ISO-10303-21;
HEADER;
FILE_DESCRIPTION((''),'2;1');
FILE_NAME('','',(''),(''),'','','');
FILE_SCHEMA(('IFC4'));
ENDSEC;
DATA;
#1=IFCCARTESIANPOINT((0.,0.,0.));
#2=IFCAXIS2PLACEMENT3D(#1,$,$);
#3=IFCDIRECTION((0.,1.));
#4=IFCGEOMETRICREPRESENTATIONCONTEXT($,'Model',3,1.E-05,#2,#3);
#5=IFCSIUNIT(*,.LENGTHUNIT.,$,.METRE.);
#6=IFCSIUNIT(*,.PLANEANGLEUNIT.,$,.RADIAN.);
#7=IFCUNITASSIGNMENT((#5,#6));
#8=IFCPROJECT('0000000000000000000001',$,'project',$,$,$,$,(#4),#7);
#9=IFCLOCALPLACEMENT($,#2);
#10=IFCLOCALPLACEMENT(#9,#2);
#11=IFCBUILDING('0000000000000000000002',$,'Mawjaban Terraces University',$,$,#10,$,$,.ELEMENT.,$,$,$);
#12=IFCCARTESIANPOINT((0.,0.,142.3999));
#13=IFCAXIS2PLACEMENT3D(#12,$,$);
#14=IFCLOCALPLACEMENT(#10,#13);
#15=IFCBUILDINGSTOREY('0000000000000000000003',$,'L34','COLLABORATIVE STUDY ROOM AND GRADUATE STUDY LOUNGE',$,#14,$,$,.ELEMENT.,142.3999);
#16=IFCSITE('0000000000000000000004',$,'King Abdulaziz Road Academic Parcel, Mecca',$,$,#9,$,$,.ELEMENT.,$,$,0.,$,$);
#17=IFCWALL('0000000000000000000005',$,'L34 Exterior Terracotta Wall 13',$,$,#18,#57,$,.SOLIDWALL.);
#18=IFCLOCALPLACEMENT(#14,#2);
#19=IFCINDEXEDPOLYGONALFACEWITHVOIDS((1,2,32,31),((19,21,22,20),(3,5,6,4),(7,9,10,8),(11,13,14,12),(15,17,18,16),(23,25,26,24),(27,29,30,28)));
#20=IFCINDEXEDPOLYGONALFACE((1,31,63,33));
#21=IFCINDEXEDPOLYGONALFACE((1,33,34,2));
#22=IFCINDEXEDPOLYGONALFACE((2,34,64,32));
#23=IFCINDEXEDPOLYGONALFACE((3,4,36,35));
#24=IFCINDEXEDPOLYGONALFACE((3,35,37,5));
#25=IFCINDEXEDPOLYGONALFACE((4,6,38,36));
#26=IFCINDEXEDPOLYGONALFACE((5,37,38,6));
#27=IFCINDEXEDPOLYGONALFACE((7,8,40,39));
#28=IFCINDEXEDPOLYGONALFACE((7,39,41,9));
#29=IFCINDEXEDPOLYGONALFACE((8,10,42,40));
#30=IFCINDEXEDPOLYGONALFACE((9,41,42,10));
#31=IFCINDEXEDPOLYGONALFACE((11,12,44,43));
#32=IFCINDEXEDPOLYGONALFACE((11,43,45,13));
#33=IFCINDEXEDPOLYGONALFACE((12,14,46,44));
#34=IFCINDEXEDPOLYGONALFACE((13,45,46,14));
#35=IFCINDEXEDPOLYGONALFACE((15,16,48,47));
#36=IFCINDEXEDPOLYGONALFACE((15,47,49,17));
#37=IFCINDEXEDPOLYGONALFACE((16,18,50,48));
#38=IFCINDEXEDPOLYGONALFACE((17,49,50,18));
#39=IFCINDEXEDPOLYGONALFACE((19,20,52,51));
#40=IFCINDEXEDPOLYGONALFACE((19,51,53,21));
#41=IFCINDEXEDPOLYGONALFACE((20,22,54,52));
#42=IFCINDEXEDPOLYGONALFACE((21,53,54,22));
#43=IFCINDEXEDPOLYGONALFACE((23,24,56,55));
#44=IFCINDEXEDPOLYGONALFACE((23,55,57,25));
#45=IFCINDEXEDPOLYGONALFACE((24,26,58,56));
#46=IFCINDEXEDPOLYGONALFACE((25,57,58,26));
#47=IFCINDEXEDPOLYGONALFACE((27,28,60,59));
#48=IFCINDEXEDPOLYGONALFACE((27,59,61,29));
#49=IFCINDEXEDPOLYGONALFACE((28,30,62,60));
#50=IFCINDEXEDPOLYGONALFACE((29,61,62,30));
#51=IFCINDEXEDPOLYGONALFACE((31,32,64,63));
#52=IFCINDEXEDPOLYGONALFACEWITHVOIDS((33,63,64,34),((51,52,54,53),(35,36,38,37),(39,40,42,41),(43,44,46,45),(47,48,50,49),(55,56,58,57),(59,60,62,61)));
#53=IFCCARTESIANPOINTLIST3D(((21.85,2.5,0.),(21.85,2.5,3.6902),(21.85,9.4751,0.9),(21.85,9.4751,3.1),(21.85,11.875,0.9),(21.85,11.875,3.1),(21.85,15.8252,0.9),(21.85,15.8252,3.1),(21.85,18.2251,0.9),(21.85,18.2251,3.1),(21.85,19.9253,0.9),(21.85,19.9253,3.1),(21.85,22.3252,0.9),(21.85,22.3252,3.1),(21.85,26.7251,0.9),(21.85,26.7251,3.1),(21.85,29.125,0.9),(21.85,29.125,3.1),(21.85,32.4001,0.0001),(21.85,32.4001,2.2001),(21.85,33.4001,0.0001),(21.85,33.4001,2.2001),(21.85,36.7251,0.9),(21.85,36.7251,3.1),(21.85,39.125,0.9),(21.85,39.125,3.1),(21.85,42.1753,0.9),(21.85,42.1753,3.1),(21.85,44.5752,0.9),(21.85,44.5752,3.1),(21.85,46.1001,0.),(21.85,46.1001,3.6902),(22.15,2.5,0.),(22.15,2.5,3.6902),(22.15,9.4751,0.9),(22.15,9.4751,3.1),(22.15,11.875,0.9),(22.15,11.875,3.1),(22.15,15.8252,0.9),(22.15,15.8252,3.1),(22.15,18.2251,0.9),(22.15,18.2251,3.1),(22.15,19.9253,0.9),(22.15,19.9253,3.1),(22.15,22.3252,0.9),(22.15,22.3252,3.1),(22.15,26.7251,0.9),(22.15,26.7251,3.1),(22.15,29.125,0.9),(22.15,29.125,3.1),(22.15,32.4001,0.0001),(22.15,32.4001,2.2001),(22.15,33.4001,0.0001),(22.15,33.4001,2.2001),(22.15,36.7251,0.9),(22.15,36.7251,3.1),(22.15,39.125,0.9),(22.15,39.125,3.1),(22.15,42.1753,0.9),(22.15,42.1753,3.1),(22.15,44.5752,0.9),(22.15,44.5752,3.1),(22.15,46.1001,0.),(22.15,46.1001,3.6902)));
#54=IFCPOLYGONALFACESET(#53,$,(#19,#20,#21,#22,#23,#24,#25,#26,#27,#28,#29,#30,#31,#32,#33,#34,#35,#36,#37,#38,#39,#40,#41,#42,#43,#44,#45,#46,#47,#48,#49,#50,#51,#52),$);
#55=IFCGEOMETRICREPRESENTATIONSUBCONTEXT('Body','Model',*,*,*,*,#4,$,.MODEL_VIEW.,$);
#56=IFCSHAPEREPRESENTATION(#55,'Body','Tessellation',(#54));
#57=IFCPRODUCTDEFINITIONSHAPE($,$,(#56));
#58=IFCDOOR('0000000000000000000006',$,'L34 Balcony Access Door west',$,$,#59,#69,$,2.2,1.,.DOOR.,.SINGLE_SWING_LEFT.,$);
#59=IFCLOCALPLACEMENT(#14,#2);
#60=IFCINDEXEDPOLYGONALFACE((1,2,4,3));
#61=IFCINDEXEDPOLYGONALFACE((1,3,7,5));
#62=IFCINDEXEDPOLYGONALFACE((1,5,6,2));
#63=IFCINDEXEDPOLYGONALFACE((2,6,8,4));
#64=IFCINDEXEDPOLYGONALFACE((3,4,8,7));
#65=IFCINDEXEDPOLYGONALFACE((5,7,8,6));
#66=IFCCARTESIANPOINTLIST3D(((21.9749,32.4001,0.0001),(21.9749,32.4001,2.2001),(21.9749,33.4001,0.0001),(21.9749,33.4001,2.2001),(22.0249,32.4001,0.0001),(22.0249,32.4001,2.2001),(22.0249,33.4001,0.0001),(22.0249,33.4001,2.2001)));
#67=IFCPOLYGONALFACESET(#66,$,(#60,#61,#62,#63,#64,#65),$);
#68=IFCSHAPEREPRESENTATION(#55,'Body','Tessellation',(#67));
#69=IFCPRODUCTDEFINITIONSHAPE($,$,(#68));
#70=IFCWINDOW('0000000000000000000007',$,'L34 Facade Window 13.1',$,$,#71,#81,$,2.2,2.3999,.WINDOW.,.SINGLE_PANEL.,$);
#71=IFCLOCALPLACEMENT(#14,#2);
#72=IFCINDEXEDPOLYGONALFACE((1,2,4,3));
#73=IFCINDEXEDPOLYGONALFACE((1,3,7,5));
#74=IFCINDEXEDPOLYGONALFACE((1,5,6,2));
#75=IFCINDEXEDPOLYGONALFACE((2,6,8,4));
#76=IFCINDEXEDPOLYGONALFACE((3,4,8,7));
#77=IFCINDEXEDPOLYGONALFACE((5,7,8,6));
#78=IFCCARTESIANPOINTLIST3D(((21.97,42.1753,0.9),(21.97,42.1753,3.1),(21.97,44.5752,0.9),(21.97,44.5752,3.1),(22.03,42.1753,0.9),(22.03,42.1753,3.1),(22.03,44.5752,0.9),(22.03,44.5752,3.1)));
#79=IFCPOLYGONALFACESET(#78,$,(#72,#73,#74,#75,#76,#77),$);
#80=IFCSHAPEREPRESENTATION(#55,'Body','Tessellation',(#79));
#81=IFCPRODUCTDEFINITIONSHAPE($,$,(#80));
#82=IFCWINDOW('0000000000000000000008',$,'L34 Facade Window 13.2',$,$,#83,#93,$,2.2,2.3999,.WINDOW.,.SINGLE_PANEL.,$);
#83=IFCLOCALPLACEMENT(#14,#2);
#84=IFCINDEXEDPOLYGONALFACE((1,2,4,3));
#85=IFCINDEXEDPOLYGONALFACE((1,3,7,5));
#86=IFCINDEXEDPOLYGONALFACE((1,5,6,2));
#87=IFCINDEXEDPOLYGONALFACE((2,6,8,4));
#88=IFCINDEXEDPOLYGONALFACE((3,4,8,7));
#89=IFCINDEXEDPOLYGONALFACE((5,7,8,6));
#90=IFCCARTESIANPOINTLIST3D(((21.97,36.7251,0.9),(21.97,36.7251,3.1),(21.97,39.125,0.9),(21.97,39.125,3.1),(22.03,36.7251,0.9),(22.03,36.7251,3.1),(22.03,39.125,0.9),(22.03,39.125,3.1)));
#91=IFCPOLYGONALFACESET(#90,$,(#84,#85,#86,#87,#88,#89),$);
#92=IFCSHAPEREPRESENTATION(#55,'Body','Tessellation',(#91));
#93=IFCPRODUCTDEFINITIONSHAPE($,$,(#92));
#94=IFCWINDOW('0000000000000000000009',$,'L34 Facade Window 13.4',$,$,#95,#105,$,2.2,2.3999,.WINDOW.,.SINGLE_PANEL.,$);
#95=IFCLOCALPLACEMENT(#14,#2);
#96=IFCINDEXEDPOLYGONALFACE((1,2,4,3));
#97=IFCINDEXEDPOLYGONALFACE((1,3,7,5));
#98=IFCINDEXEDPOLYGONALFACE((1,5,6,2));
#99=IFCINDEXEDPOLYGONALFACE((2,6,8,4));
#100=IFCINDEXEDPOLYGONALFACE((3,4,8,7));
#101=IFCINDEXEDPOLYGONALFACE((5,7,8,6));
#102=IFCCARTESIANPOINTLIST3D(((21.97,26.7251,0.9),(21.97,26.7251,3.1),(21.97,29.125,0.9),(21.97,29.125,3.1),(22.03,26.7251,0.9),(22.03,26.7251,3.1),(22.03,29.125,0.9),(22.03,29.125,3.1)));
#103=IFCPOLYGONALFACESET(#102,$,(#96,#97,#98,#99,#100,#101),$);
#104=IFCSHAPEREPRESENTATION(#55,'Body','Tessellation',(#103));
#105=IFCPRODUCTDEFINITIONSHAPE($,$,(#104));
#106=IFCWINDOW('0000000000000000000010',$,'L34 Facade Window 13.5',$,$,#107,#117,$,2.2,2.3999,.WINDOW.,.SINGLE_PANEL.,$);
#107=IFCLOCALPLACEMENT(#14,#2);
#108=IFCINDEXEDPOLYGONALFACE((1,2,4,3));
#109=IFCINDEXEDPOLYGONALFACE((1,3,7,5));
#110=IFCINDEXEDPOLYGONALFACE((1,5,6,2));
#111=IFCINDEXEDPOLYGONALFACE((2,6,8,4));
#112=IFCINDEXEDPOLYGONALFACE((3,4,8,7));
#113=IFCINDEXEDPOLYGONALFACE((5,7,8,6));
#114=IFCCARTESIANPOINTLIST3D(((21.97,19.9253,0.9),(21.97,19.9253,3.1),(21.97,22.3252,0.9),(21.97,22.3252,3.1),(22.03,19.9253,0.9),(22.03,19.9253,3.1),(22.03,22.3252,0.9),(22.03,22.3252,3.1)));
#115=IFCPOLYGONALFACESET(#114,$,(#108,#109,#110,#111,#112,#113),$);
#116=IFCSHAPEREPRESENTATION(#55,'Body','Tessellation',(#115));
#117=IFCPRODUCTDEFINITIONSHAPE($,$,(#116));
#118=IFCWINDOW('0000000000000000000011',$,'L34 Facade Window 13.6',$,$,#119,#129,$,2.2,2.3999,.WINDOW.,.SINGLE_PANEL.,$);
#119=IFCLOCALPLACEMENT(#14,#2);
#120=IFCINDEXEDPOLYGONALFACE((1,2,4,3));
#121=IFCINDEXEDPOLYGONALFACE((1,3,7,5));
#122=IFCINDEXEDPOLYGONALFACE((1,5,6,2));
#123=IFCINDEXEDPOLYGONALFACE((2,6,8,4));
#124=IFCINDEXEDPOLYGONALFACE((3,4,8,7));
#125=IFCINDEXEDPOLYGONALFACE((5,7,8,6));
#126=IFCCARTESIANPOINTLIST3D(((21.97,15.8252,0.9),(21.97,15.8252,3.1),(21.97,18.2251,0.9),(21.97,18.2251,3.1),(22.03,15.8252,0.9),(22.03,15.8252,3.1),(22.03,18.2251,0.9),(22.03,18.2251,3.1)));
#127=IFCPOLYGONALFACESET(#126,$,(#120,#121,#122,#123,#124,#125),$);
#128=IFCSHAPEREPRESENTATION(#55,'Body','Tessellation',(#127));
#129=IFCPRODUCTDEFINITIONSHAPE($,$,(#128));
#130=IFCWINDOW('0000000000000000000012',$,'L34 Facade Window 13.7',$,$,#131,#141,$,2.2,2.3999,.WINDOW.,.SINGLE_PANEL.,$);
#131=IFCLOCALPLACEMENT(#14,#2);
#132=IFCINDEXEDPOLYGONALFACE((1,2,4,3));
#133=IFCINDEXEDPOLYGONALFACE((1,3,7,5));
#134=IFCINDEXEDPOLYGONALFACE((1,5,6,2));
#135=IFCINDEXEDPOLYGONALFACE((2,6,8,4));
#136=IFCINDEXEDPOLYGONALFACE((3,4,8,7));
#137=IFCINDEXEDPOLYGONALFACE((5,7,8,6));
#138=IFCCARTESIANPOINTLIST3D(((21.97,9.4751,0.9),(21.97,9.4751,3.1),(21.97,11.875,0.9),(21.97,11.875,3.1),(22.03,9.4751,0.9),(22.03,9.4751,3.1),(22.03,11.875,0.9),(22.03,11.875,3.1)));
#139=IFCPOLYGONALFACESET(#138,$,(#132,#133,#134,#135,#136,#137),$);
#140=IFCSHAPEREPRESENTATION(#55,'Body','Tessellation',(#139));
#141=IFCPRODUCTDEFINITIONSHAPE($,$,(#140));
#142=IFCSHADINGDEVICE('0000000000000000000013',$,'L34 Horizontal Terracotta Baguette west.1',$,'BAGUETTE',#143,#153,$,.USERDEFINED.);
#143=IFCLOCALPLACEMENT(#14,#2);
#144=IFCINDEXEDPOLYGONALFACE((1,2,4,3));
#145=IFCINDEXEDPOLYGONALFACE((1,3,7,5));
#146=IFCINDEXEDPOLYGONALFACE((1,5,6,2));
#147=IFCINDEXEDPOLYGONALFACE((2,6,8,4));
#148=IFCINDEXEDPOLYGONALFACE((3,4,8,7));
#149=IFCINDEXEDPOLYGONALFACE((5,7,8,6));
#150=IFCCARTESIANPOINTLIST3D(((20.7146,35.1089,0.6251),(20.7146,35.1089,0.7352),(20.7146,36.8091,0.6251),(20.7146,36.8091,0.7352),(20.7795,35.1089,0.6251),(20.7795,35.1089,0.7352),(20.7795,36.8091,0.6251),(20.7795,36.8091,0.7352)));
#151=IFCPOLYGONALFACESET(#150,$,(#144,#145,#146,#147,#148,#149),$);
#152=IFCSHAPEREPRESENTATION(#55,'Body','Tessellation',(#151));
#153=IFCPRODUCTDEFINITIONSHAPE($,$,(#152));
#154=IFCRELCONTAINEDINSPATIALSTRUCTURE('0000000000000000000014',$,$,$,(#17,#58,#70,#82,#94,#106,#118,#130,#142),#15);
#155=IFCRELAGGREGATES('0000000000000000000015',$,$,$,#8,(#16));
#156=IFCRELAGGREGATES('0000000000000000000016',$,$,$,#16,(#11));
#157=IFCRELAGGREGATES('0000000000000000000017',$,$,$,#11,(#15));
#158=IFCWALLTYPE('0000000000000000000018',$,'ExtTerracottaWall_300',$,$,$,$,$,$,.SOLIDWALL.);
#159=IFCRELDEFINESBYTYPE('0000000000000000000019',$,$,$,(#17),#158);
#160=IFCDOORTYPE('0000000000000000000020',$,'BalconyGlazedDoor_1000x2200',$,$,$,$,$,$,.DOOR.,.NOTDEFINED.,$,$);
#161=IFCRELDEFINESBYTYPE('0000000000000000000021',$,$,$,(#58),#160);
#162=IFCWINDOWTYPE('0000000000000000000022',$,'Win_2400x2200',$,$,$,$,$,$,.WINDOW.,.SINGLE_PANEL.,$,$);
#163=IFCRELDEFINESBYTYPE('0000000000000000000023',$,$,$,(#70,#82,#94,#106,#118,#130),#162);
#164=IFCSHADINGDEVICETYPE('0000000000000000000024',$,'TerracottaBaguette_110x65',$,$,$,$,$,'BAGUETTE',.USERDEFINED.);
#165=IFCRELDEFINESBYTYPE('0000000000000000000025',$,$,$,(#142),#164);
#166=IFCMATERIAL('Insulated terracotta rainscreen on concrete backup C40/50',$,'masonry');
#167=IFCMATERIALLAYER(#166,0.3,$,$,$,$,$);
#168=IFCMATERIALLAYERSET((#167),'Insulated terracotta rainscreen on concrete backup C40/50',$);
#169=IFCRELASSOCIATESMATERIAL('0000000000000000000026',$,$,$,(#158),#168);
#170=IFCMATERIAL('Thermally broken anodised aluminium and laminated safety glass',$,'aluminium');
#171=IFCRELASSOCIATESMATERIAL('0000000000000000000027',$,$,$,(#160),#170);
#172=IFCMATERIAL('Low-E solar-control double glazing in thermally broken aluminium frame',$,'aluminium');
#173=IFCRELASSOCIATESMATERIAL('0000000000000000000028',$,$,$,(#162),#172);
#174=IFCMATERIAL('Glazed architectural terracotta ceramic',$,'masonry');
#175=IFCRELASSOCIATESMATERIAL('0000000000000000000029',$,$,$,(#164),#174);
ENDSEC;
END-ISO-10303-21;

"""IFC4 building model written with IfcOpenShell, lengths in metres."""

from ifc_helpers import new_model, si_unit, direction, frame, frame_2d, origin, origin_2d, place, context, subcontext, project, spatial, rectangle, extrude, material, layer, layer_set, material_profile, profile_set, type_object, element, fill, save


model = new_model("IFC4")

# Units and contexts
model_context = context("Model", 3, precision=1e-05, world=origin(), true_north=direction((0.0, 1.0)))
body_context = subcontext(model_context, "Body", "Model", "MODEL_VIEW")
ifc_project = project(units=[si_unit("LENGTHUNIT", "METRE"), si_unit("PLANEANGLEUNIT", "RADIAN")], contexts=[model_context])

# Site, building, storey
site_placement = place(None, origin())
site = spatial("IfcSite", under=ifc_project, at=site_placement, Name="King Abdulaziz Road Academic Parcel, Mecca", CompositionType="ELEMENT", RefElevation=0.0)
building_placement = place(site_placement, origin())
building = spatial("IfcBuilding", under=site, at=building_placement, Name="Mawjaban Terraces University", CompositionType="ELEMENT")
storey_placement = place(building_placement, frame((0.0, 0.0, 142.3999)))
storey = spatial("IfcBuildingStorey", under=building, at=storey_placement, Name="L34", Description="COLLABORATIVE STUDY ROOM AND GRADUATE STUDY LOUNGE", CompositionType="ELEMENT", Elevation=142.3999)

# Shared definitions
ifc_material_1 = material(Name="Insulated terracotta rainscreen on concrete backup C40/50", Category="masonry")
ifc_layer_1 = layer(ifc_material_1, 0.3)
ifc_layer_set_1 = layer_set([ifc_layer_1], Name="Insulated terracotta rainscreen on concrete backup C40/50")
wall_type_1 = type_object("IfcWallType", Name="ExtTerracottaWall_300", PredefinedType="SOLIDWALL", material=ifc_layer_set_1)
ifc_material_2 = material(Name="Low-E solar-control double glazing in thermally broken aluminium frame", Category="aluminium")

# Wall, openings, door, windows
wall_1_placement = place(storey_placement, frame((22.0, 46.1001, 0.0), z_axis=(0.0, 0.0, 1.0), x_axis=(0.0, -1.0, 0.0)))
wall_1 = element("IfcWall", 1, at=wall_1_placement, inside=storey, type_object=wall_type_1, Name="L34 Exterior Terracotta Wall 13", PredefinedType="SOLIDWALL", context=body_context, shape_type="SweptSolid", body=[
    extrude(rectangle(XDim=43.6001, YDim=0.3, at=frame_2d((21.8, 0.0))), origin(), (0.0, 0.0, 1.0), 3.6902),
])
opening_1_placement = place(wall_1_placement, frame((12.7, 0.0, 0.0)))
opening_1 = element("IfcOpeningElement", 2, at=opening_1_placement, cuts=wall_1, PredefinedType="OPENING", context=body_context, shape_type="SweptSolid", body=[
    extrude(rectangle(XDim=1.0, YDim=2.2, at=frame_2d((0.5, 1.1001))), frame((0.0, 0.1599, 0.0), z_axis=(0.0, -1.0, 0.0), x_axis=(1.0, 0.0, 0.0)), (0.0, 0.0, 1.0), 0.3201),
])
opening_2_placement = place(wall_1_placement, frame((1.5249, 0.0, 0.8999)))
opening_2 = element("IfcOpeningElement", 3, at=opening_2_placement, cuts=wall_1, PredefinedType="OPENING", context=body_context, shape_type="SweptSolid", body=[
    extrude(rectangle(XDim=2.3999, YDim=2.2, at=frame_2d((1.2, 1.1001))), frame((0.0, 0.1599, 0.0), z_axis=(0.0, -1.0, 0.0), x_axis=(1.0, 0.0, 0.0)), (0.0, 0.0, 1.0), 0.3201),
])
opening_3_placement = place(wall_1_placement, frame((6.9751, 0.0, 0.8999)))
opening_3 = element("IfcOpeningElement", 4, at=opening_3_placement, cuts=wall_1, PredefinedType="OPENING", context=body_context, shape_type="SweptSolid", body=[
    extrude(rectangle(XDim=2.3999, YDim=2.2, at=frame_2d((1.2, 1.1001))), frame((0.0, 0.1599, 0.0), z_axis=(0.0, -1.0, 0.0), x_axis=(1.0, 0.0, 0.0)), (0.0, 0.0, 1.0), 0.3201),
])
opening_4_placement = place(wall_1_placement, frame((16.9751, 0.0, 0.8999)))
opening_4 = element("IfcOpeningElement", 5, at=opening_4_placement, cuts=wall_1, PredefinedType="OPENING", context=body_context, shape_type="SweptSolid", body=[
    extrude(rectangle(XDim=2.3999, YDim=2.2, at=frame_2d((1.2, 1.1001))), frame((0.0, 0.1599, 0.0), z_axis=(0.0, -1.0, 0.0), x_axis=(1.0, 0.0, 0.0)), (0.0, 0.0, 1.0), 0.3201),
])
opening_5_placement = place(wall_1_placement, frame((23.7749, 0.0, 0.8999)))
opening_5 = element("IfcOpeningElement", 6, at=opening_5_placement, cuts=wall_1, PredefinedType="OPENING", context=body_context, shape_type="SweptSolid", body=[
    extrude(rectangle(XDim=2.3999, YDim=2.2, at=frame_2d((1.2, 1.1001))), frame((0.0, 0.1599, 0.0), z_axis=(0.0, -1.0, 0.0), x_axis=(1.0, 0.0, 0.0)), (0.0, 0.0, 1.0), 0.3201),
])
opening_6_placement = place(wall_1_placement, frame((27.875, 0.0, 0.8999)))
opening_6 = element("IfcOpeningElement", 7, at=opening_6_placement, cuts=wall_1, PredefinedType="OPENING", context=body_context, shape_type="SweptSolid", body=[
    extrude(rectangle(XDim=2.3999, YDim=2.2, at=frame_2d((1.2, 1.1001))), frame((0.0, 0.1599, 0.0), z_axis=(0.0, -1.0, 0.0), x_axis=(1.0, 0.0, 0.0)), (0.0, 0.0, 1.0), 0.3201),
])
opening_7_placement = place(wall_1_placement, frame((34.2251, 0.0, 0.8999)))
opening_7 = element("IfcOpeningElement", 8, at=opening_7_placement, cuts=wall_1, PredefinedType="OPENING", context=body_context, shape_type="SweptSolid", body=[
    extrude(rectangle(XDim=2.3999, YDim=2.2, at=frame_2d((1.2, 1.1001))), frame((0.0, 0.1599, 0.0), z_axis=(0.0, -1.0, 0.0), x_axis=(1.0, 0.0, 0.0)), (0.0, 0.0, 1.0), 0.3201),
])
ifc_material_3 = material(Name="Thermally broken anodised aluminium and laminated safety glass", Category="aluminium")
door_type_1 = type_object("IfcDoorType", Name="BalconyGlazedDoor_1000x2200", OperationType="NOTDEFINED", PredefinedType="DOOR", material=ifc_material_3)
door_1_placement = place(opening_1_placement, origin())
door_1 = element("IfcDoor", 9, at=door_1_placement, inside=storey, type_object=door_type_1, Name="L34 Balcony Access Door west", OperationType="SINGLE_SWING_LEFT", OverallHeight=2.2, OverallWidth=1.0, PredefinedType="DOOR", context=body_context, shape_type="SweptSolid", body=[
    extrude(rectangle(XDim=1.0, YDim=2.2, at=frame_2d((0.5, 1.1001))), frame((0.0, 0.0249, 0.0), z_axis=(0.0, -1.0, 0.0), x_axis=(1.0, 0.0, 0.0)), (0.0, 0.0, 1.0), 0.05),
])
fill(opening_1, door_1)
window_type_1 = type_object("IfcWindowType", Name="Win_2400x2200", PartitioningType="SINGLE_PANEL", PredefinedType="WINDOW", material=ifc_material_2)
window_1_placement = place(opening_2_placement, origin())
window_1 = element("IfcWindow", 10, at=window_1_placement, inside=storey, type_object=window_type_1, Name="L34 Facade Window 13.1", OverallHeight=2.2, OverallWidth=2.3999, PartitioningType="SINGLE_PANEL", PredefinedType="WINDOW", context=body_context, shape_type="SweptSolid", body=[
    extrude(rectangle(XDim=2.3999, YDim=2.2, at=frame_2d((1.2, 1.1001))), frame((0.0, 0.03, 0.0), z_axis=(0.0, -1.0, 0.0), x_axis=(1.0, 0.0, 0.0)), (0.0, 0.0, 1.0), 0.0601),
])
fill(opening_2, window_1)
window_2_placement = place(opening_3_placement, origin())
window_2 = element("IfcWindow", 11, at=window_2_placement, inside=storey, type_object=window_type_1, Name="L34 Facade Window 13.2", OverallHeight=2.2, OverallWidth=2.3999, PartitioningType="SINGLE_PANEL", PredefinedType="WINDOW", context=body_context, shape_type="SweptSolid", body=[
    extrude(rectangle(XDim=2.3999, YDim=2.2, at=frame_2d((1.2, 1.1001))), frame((0.0, 0.03, 0.0), z_axis=(0.0, -1.0, 0.0), x_axis=(1.0, 0.0, 0.0)), (0.0, 0.0, 1.0), 0.0601),
])
fill(opening_3, window_2)
window_3_placement = place(opening_4_placement, origin())
window_3 = element("IfcWindow", 12, at=window_3_placement, inside=storey, type_object=window_type_1, Name="L34 Facade Window 13.4", OverallHeight=2.2, OverallWidth=2.3999, PartitioningType="SINGLE_PANEL", PredefinedType="WINDOW", context=body_context, shape_type="SweptSolid", body=[
    extrude(rectangle(XDim=2.3999, YDim=2.2, at=frame_2d((1.2, 1.1001))), frame((0.0, 0.03, 0.0), z_axis=(0.0, -1.0, 0.0), x_axis=(1.0, 0.0, 0.0)), (0.0, 0.0, 1.0), 0.0601),
])
fill(opening_4, window_3)
window_4_placement = place(opening_5_placement, origin())
window_4 = element("IfcWindow", 13, at=window_4_placement, inside=storey, type_object=window_type_1, Name="L34 Facade Window 13.5", OverallHeight=2.2, OverallWidth=2.3999, PartitioningType="SINGLE_PANEL", PredefinedType="WINDOW", context=body_context, shape_type="SweptSolid", body=[
    extrude(rectangle(XDim=2.3999, YDim=2.2, at=frame_2d((1.2, 1.1001))), frame((0.0, 0.03, 0.0), z_axis=(0.0, -1.0, 0.0), x_axis=(1.0, 0.0, 0.0)), (0.0, 0.0, 1.0), 0.0601),
])
fill(opening_5, window_4)
window_5_placement = place(opening_6_placement, origin())
window_5 = element("IfcWindow", 14, at=window_5_placement, inside=storey, type_object=window_type_1, Name="L34 Facade Window 13.6", OverallHeight=2.2, OverallWidth=2.3999, PartitioningType="SINGLE_PANEL", PredefinedType="WINDOW", context=body_context, shape_type="SweptSolid", body=[
    extrude(rectangle(XDim=2.3999, YDim=2.2, at=frame_2d((1.2, 1.1001))), frame((0.0, 0.03, 0.0), z_axis=(0.0, -1.0, 0.0), x_axis=(1.0, 0.0, 0.0)), (0.0, 0.0, 1.0), 0.0601),
])
fill(opening_6, window_5)
window_6_placement = place(opening_7_placement, origin())
window_6 = element("IfcWindow", 15, at=window_6_placement, inside=storey, type_object=window_type_1, Name="L34 Facade Window 13.7", OverallHeight=2.2, OverallWidth=2.3999, PartitioningType="SINGLE_PANEL", PredefinedType="WINDOW", context=body_context, shape_type="SweptSolid", body=[
    extrude(rectangle(XDim=2.3999, YDim=2.2, at=frame_2d((1.2, 1.1001))), frame((0.0, 0.03, 0.0), z_axis=(0.0, -1.0, 0.0), x_axis=(1.0, 0.0, 0.0)), (0.0, 0.0, 1.0), 0.0601),
])
fill(opening_7, window_6)

# Shading device
ifc_material_4 = material(Name="Glazed architectural terracotta ceramic", Category="masonry")
ifc_material_profile_1 = material_profile(ifc_material_4, rectangle(XDim=0.0649, YDim=0.1101, at=origin_2d()), Name="TBAG110X65")
ifc_profile_set_1 = profile_set([ifc_material_profile_1], Name="Glazed architectural terracotta ceramic")
shading_device_type_1 = type_object("IfcShadingDeviceType", Name="TerracottaBaguette_110x65", ElementType="BAGUETTE", PredefinedType="USERDEFINED", material=ifc_profile_set_1)
for number, where, z_axis, x_axis, name in (
    (16, (20.7471, 35.1089, 0.6802), (0.0, 1.0, 0.0), (-1.0, 0.0, 0.0), "L34 Horizontal Terracotta Baguette west.1"),
):
    element("IfcShadingDevice", number, at=place(storey_placement, frame(where, z_axis=z_axis, x_axis=x_axis)), inside=storey, type_object=shading_device_type_1, Name=name, ObjectType="BAGUETTE", PredefinedType="USERDEFINED", context=body_context, shape_type="SweptSolid", body=[
        extrude(rectangle(XDim=0.0649, YDim=0.1101, at=origin_2d()), origin(), (0.0, 0.0, 1.0), 1.7002),
    ])

save(model, "model.ifc")
